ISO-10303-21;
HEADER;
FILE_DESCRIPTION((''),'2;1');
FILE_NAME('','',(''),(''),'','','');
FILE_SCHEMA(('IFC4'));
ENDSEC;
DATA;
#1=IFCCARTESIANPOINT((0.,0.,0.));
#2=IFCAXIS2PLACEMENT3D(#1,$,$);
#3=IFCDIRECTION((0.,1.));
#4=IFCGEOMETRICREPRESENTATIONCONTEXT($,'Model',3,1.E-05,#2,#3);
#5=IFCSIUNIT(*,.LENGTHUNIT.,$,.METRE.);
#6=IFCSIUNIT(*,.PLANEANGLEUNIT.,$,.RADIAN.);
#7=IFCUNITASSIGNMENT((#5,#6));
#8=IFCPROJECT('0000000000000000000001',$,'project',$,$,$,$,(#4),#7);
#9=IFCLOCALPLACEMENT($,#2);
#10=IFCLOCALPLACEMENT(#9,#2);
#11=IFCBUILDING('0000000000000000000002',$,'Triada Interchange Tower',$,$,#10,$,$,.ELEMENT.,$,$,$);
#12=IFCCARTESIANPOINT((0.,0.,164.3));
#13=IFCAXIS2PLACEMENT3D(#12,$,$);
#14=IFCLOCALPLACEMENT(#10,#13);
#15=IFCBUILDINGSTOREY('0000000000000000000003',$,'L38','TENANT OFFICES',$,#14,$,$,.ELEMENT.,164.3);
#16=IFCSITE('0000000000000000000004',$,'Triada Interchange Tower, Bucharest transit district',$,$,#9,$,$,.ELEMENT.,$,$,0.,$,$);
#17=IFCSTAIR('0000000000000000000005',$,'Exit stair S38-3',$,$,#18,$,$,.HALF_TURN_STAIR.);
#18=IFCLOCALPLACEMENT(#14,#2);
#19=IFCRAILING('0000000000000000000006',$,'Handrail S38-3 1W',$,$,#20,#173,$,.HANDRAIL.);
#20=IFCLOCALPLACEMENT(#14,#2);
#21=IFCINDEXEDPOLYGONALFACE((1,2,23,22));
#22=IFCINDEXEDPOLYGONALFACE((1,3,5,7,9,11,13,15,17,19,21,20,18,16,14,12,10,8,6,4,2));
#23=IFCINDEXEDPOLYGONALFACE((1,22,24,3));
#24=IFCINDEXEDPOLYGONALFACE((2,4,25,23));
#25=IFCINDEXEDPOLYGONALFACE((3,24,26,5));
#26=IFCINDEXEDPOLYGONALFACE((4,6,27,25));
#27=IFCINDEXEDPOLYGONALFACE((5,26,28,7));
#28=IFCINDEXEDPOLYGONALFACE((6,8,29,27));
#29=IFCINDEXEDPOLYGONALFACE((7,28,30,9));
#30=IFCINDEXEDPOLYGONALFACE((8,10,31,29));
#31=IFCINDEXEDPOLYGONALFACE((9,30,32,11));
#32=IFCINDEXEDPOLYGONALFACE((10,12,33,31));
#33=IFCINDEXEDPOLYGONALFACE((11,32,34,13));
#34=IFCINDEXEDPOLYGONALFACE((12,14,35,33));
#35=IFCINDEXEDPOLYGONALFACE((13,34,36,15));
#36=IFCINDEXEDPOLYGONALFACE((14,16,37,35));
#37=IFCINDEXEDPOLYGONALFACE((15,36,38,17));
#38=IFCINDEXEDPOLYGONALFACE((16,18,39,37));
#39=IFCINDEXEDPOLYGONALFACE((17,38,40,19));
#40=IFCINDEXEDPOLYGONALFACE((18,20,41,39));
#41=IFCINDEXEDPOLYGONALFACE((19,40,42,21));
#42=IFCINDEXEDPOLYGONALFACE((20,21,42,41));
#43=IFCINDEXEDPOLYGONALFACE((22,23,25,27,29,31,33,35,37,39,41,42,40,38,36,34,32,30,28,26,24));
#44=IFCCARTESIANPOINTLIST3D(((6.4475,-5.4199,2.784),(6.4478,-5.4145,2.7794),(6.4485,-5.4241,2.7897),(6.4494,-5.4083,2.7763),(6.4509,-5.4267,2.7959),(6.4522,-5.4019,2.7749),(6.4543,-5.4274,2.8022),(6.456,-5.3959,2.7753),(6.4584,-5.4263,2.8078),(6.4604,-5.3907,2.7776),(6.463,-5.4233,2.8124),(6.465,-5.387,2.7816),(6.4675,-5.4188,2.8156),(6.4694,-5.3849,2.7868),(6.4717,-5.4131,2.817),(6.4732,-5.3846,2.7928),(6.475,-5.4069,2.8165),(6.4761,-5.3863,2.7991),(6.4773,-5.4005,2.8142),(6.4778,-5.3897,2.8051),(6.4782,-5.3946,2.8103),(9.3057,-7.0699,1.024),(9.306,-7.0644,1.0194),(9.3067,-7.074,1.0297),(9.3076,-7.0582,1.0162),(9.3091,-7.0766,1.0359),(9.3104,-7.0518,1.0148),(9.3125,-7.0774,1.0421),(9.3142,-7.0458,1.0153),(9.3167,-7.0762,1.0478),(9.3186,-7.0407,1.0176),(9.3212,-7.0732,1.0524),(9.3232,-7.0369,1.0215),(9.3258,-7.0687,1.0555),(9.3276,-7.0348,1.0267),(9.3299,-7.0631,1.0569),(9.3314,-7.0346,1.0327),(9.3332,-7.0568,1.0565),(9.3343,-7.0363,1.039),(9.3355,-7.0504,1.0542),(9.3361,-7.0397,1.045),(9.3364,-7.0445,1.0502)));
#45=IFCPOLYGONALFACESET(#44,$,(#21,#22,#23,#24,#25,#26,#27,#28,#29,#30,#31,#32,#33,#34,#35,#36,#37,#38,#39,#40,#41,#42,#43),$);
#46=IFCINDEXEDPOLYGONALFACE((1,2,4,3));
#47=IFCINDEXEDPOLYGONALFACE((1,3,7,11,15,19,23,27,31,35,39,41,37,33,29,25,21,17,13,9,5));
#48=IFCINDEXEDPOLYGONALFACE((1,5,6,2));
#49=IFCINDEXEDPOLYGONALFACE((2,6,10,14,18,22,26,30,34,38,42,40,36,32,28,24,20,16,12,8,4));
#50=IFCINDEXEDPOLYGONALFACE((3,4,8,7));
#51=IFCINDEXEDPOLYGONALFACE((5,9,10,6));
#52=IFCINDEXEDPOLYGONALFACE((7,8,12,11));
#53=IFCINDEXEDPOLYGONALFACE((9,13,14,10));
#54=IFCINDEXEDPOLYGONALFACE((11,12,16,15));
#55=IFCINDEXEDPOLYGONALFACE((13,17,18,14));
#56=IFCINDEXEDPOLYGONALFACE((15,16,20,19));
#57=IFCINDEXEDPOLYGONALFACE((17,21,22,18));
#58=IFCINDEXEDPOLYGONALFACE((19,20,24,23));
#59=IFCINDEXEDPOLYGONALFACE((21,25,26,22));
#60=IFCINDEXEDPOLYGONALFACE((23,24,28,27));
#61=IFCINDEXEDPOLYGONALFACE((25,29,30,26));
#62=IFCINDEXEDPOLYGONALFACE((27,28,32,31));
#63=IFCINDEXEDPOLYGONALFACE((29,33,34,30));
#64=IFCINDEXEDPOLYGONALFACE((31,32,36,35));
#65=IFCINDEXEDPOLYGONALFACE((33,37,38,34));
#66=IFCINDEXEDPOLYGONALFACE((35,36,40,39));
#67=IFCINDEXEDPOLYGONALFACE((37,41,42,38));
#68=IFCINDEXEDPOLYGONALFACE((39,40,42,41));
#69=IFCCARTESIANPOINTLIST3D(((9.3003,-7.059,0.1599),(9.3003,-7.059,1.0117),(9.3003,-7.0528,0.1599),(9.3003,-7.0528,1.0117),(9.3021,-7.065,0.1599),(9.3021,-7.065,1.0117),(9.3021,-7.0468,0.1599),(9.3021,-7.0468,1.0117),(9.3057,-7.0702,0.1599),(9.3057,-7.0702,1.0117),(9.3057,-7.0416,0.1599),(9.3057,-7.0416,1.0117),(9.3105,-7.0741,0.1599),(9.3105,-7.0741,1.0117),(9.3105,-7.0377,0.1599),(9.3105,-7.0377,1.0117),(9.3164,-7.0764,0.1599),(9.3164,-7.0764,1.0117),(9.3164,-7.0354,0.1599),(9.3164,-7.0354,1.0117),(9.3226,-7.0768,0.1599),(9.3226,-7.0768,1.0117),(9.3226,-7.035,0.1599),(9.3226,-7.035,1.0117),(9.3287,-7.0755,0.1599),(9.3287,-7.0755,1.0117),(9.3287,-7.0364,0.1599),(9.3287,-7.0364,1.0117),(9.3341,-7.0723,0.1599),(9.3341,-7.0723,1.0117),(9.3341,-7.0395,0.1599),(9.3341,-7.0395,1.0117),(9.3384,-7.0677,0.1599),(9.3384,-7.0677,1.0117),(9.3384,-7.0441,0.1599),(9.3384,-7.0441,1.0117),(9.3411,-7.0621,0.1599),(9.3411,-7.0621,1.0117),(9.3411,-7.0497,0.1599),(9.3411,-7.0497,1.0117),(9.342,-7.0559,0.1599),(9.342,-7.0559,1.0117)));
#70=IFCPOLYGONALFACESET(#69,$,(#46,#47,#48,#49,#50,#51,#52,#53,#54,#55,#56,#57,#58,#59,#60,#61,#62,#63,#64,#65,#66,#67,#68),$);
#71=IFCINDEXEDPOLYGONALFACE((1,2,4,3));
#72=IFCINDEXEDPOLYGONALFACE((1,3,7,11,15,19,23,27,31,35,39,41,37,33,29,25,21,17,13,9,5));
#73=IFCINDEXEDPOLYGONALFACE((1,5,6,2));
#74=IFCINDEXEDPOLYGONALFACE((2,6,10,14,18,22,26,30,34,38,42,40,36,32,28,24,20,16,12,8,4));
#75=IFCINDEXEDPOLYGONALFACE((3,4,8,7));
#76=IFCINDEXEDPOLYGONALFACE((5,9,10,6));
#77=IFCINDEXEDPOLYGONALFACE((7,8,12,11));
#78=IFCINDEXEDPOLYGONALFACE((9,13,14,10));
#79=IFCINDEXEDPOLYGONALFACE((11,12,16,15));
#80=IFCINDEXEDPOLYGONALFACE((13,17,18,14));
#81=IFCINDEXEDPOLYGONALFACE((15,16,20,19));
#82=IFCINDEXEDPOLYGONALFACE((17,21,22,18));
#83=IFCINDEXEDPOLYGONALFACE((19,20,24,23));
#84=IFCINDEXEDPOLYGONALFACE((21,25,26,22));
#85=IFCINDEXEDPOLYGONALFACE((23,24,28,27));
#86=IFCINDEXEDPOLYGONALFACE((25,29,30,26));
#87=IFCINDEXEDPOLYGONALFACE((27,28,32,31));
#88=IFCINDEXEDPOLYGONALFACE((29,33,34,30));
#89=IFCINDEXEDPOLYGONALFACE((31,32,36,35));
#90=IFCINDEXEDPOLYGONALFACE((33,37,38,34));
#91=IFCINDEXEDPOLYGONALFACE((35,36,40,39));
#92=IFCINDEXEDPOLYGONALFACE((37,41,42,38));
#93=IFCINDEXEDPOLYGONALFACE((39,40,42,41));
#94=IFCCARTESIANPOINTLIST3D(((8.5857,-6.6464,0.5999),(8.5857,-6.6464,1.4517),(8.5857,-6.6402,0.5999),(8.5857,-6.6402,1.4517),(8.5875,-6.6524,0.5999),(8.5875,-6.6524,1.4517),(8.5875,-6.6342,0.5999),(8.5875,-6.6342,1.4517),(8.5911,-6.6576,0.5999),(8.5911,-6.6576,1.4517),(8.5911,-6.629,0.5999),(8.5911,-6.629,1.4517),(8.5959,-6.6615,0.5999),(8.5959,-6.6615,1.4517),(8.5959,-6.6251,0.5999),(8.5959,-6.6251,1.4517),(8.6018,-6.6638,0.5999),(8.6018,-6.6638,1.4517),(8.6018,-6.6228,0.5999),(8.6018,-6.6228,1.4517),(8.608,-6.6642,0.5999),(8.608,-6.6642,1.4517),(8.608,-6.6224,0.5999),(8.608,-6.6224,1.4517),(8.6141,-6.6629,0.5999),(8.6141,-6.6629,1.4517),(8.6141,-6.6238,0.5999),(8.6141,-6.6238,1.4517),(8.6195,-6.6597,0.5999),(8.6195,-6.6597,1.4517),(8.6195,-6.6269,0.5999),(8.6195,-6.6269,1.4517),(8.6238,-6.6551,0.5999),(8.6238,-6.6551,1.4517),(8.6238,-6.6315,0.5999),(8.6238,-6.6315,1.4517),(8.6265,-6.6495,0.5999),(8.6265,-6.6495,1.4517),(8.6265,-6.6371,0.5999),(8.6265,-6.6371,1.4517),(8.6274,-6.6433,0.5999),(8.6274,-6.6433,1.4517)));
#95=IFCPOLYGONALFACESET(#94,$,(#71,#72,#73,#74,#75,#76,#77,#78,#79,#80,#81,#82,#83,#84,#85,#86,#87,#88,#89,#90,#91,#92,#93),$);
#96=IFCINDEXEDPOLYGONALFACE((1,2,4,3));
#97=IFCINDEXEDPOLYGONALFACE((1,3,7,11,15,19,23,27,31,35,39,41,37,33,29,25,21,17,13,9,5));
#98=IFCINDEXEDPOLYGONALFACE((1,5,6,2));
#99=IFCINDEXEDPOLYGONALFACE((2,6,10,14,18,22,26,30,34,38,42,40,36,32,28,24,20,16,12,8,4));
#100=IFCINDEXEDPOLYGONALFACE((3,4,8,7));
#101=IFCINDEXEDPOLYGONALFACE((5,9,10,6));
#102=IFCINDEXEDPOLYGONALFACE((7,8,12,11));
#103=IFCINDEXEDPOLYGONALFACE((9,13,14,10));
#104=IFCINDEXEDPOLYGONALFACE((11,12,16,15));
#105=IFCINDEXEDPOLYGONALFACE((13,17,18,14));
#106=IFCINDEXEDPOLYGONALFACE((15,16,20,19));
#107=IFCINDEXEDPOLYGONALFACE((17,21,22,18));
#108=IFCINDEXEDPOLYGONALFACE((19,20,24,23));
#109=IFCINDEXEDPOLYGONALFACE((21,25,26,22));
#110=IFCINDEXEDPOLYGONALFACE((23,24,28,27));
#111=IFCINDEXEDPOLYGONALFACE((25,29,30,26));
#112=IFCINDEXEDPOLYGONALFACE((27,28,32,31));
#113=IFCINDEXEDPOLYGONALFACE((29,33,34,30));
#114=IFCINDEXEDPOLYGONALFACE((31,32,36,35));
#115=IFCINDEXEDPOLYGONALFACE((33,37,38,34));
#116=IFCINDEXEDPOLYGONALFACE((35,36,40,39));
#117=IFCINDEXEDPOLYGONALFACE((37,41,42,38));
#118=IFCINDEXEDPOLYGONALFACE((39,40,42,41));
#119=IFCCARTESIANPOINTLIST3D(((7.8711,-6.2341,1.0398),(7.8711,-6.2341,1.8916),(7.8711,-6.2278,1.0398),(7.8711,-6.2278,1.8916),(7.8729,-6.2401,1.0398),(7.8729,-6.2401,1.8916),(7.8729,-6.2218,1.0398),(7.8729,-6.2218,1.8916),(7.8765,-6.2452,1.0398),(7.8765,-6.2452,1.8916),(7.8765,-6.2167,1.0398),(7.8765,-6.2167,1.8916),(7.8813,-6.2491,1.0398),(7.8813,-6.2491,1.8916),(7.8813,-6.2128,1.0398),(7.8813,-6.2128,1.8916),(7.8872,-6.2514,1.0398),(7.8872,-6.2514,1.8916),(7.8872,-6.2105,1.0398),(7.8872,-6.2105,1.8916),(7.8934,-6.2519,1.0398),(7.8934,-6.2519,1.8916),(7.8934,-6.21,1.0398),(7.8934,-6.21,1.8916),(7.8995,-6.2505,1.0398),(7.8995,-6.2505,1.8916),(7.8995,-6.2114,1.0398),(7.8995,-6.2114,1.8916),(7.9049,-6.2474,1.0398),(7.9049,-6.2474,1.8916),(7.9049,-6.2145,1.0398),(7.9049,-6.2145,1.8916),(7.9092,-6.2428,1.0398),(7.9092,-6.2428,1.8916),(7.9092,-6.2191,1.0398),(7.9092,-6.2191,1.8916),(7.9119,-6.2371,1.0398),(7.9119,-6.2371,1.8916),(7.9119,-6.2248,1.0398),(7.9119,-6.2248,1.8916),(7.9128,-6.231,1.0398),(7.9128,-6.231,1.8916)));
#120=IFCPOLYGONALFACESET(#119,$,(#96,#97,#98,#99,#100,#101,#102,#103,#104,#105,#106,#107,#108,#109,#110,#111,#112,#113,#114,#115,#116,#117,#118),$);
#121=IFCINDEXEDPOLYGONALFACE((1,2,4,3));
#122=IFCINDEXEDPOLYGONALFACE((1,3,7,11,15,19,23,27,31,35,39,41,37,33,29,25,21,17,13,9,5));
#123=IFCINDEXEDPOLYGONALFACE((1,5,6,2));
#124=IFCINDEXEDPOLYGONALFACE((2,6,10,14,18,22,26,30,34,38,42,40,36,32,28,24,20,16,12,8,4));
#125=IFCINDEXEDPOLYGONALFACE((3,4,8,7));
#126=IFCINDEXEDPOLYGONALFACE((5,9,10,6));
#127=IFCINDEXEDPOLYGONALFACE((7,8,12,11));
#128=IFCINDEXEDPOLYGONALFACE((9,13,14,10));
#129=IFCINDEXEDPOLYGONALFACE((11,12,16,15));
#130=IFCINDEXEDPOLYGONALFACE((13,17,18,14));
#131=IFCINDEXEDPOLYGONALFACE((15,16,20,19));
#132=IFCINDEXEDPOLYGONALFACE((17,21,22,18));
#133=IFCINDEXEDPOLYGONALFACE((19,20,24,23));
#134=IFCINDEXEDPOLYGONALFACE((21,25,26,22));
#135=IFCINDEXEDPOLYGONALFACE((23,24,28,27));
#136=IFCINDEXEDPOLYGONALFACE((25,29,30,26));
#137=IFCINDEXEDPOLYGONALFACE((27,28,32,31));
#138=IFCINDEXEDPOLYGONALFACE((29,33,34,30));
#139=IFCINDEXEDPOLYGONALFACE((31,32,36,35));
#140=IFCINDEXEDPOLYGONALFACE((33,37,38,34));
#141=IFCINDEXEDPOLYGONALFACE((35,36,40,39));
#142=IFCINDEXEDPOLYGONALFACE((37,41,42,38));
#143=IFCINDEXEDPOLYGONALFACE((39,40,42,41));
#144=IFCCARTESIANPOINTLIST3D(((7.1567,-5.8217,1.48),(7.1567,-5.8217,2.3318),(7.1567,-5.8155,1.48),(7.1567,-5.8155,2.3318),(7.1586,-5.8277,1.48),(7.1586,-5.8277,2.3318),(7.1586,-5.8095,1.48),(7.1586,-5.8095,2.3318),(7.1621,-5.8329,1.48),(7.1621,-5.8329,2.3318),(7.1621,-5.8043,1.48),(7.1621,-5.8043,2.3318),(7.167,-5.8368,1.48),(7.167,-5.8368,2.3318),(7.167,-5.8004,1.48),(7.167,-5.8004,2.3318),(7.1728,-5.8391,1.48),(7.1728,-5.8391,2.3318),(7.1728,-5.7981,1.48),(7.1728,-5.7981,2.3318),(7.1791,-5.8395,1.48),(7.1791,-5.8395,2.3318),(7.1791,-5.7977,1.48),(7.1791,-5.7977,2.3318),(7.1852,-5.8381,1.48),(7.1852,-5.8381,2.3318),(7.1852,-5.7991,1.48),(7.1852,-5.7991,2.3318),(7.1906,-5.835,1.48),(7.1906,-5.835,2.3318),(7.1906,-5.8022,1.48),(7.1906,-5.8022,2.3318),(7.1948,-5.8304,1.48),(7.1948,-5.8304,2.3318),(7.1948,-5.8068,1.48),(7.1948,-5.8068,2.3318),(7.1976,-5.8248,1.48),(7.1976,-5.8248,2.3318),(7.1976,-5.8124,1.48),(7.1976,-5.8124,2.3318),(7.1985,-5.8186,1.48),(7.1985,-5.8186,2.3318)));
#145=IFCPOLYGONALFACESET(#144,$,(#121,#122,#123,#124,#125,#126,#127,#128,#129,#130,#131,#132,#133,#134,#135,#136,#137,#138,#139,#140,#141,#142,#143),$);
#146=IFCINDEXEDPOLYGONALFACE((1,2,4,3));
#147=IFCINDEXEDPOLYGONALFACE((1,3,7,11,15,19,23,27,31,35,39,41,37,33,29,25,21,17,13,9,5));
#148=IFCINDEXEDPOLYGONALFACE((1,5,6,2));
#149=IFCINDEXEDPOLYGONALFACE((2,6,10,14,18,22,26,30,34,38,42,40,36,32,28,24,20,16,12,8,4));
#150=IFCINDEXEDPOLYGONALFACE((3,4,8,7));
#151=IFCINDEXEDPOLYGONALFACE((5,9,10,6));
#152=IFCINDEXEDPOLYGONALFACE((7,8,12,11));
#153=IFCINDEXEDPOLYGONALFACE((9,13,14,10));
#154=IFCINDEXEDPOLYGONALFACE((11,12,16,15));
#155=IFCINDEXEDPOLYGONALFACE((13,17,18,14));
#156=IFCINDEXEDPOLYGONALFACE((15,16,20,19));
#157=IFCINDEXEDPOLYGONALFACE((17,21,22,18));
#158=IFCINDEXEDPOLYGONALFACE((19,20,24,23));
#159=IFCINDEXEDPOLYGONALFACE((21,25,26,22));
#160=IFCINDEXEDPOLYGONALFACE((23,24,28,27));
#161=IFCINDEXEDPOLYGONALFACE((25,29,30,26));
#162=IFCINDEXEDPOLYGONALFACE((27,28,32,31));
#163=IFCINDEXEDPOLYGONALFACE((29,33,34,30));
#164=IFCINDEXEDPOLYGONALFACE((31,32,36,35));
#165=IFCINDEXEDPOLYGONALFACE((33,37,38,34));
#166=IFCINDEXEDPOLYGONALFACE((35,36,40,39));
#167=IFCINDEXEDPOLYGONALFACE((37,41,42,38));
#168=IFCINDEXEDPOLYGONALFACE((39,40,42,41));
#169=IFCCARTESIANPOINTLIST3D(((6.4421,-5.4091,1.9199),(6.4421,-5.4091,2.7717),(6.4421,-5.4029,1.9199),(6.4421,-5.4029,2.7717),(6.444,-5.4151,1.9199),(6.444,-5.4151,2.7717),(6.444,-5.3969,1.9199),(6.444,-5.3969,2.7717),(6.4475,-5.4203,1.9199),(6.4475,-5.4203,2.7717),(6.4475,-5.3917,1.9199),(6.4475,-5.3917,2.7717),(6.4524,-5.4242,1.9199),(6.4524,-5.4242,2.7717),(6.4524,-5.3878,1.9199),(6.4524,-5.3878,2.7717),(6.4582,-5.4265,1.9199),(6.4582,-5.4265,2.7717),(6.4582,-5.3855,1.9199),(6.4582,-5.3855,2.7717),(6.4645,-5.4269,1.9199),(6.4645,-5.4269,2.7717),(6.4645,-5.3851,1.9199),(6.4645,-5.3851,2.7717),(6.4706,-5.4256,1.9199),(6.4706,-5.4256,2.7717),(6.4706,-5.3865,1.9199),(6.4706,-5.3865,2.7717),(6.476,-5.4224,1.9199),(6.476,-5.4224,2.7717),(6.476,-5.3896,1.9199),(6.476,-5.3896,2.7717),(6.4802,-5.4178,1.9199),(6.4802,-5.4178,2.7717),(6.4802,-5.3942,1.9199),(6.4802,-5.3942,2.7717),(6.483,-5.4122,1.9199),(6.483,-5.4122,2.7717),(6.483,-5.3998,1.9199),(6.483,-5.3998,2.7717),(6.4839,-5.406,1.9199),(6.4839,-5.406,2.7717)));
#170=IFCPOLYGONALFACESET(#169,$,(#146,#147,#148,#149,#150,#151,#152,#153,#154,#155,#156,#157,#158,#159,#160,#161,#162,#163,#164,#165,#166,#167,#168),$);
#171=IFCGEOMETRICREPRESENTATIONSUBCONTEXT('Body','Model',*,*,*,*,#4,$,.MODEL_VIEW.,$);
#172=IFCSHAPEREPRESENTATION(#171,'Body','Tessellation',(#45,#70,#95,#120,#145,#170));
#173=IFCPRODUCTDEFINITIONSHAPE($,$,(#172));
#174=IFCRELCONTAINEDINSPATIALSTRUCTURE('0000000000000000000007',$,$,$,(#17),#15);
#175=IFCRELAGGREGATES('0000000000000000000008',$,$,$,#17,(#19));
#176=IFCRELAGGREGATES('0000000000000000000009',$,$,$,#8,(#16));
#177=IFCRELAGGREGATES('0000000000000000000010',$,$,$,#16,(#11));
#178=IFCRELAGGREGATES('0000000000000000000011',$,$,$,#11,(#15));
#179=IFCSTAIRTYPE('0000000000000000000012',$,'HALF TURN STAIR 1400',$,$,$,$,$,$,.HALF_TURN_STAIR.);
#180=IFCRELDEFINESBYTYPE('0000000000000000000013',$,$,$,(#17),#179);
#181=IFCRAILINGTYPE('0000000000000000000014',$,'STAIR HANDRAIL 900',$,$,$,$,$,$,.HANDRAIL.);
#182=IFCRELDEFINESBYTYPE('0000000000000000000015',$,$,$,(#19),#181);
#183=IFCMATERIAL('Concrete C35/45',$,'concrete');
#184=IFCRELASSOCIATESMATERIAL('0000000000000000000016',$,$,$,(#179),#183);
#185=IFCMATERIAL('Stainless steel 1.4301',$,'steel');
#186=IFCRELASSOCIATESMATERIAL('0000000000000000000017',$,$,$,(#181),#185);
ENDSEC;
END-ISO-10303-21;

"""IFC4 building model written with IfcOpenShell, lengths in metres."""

from ifc_helpers import new_model, si_unit, direction, frame, origin, origin_2d, place, context, subcontext, project, spatial, circle, extrude, material, type_object, element, aggregate, save


model = new_model("IFC4")

# Units and contexts
model_context = context("Model", 3, precision=1e-05, world=origin(), true_north=direction((0.0, 1.0)))
body_context = subcontext(model_context, "Body", "Model", "MODEL_VIEW")
ifc_project = project(units=[si_unit("LENGTHUNIT", "METRE"), si_unit("PLANEANGLEUNIT", "RADIAN")], contexts=[model_context])

# Site, building, storey
site_placement = place(None, origin())
site = spatial("IfcSite", under=ifc_project, at=site_placement, Name="Triada Interchange Tower, Bucharest transit district", CompositionType="ELEMENT", RefElevation=0.0)
building_placement = place(site_placement, origin())
building = spatial("IfcBuilding", under=site, at=building_placement, Name="Triada Interchange Tower", CompositionType="ELEMENT")
storey_placement = place(building_placement, frame((0.0, 0.0, 164.3)))
storey = spatial("IfcBuildingStorey", under=building, at=storey_placement, Name="L38", Description="TENANT OFFICES", CompositionType="ELEMENT", Elevation=164.3)

# Stair, railing
ifc_material_1 = material(Name="Concrete C35/45", Category="concrete")
stair_type = type_object("IfcStairType", Name="HALF TURN STAIR 1400", PredefinedType="HALF_TURN_STAIR", material=ifc_material_1)
stair_placement = place(storey_placement, origin())
stair = element("IfcStair", 1, at=stair_placement, inside=storey, type_object=stair_type, Name="Exit stair S38-3", PredefinedType="HALF_TURN_STAIR")
ifc_material_2 = material(Name="Stainless steel 1.4301", Category="steel")
railing_type = type_object("IfcRailingType", Name="STAIR HANDRAIL 900", PredefinedType="HANDRAIL", material=ifc_material_2)
railing_1_placement = place(storey_placement, frame((9.321, -7.0559, 0.1599)))
railing_1 = element("IfcRailing", 2, at=railing_1_placement, type_object=railing_type, Name="Handrail S38-3 1W", PredefinedType="HANDRAIL", context=body_context, shape_type="SweptSolid", body=[
    extrude(circle(Radius=0.0239, at=origin_2d()), frame((0.0, 0.0, 0.876), z_axis=(-0.764178, 0.441131, 0.47057), x_axis=(-0.499942, -0.866059, 0.0)), (0.0, 0.0, 1.0), 3.7402),
    extrude(circle(Radius=0.021, at=origin_2d()), origin(), (0.0, 0.0, 1.0), 0.8518),
    extrude(circle(Radius=0.021, at=origin_2d()), frame((-0.7146, 0.4126, 0.4399)), (0.0, 0.0, 1.0), 0.8518),
    extrude(circle(Radius=0.021, at=origin_2d()), frame((-1.4292, 0.825, 0.8799)), (0.0, 0.0, 1.0), 0.8518),
    extrude(circle(Radius=0.021, at=origin_2d()), frame((-2.1436, 1.2373, 1.3201)), (0.0, 0.0, 1.0), 0.8518),
    extrude(circle(Radius=0.021, at=origin_2d()), frame((-2.8582, 1.6499, 1.76)), (0.0, 0.0, 1.0), 0.8518),
])
aggregate(stair, [railing_1])

save(model, "model.ifc")
